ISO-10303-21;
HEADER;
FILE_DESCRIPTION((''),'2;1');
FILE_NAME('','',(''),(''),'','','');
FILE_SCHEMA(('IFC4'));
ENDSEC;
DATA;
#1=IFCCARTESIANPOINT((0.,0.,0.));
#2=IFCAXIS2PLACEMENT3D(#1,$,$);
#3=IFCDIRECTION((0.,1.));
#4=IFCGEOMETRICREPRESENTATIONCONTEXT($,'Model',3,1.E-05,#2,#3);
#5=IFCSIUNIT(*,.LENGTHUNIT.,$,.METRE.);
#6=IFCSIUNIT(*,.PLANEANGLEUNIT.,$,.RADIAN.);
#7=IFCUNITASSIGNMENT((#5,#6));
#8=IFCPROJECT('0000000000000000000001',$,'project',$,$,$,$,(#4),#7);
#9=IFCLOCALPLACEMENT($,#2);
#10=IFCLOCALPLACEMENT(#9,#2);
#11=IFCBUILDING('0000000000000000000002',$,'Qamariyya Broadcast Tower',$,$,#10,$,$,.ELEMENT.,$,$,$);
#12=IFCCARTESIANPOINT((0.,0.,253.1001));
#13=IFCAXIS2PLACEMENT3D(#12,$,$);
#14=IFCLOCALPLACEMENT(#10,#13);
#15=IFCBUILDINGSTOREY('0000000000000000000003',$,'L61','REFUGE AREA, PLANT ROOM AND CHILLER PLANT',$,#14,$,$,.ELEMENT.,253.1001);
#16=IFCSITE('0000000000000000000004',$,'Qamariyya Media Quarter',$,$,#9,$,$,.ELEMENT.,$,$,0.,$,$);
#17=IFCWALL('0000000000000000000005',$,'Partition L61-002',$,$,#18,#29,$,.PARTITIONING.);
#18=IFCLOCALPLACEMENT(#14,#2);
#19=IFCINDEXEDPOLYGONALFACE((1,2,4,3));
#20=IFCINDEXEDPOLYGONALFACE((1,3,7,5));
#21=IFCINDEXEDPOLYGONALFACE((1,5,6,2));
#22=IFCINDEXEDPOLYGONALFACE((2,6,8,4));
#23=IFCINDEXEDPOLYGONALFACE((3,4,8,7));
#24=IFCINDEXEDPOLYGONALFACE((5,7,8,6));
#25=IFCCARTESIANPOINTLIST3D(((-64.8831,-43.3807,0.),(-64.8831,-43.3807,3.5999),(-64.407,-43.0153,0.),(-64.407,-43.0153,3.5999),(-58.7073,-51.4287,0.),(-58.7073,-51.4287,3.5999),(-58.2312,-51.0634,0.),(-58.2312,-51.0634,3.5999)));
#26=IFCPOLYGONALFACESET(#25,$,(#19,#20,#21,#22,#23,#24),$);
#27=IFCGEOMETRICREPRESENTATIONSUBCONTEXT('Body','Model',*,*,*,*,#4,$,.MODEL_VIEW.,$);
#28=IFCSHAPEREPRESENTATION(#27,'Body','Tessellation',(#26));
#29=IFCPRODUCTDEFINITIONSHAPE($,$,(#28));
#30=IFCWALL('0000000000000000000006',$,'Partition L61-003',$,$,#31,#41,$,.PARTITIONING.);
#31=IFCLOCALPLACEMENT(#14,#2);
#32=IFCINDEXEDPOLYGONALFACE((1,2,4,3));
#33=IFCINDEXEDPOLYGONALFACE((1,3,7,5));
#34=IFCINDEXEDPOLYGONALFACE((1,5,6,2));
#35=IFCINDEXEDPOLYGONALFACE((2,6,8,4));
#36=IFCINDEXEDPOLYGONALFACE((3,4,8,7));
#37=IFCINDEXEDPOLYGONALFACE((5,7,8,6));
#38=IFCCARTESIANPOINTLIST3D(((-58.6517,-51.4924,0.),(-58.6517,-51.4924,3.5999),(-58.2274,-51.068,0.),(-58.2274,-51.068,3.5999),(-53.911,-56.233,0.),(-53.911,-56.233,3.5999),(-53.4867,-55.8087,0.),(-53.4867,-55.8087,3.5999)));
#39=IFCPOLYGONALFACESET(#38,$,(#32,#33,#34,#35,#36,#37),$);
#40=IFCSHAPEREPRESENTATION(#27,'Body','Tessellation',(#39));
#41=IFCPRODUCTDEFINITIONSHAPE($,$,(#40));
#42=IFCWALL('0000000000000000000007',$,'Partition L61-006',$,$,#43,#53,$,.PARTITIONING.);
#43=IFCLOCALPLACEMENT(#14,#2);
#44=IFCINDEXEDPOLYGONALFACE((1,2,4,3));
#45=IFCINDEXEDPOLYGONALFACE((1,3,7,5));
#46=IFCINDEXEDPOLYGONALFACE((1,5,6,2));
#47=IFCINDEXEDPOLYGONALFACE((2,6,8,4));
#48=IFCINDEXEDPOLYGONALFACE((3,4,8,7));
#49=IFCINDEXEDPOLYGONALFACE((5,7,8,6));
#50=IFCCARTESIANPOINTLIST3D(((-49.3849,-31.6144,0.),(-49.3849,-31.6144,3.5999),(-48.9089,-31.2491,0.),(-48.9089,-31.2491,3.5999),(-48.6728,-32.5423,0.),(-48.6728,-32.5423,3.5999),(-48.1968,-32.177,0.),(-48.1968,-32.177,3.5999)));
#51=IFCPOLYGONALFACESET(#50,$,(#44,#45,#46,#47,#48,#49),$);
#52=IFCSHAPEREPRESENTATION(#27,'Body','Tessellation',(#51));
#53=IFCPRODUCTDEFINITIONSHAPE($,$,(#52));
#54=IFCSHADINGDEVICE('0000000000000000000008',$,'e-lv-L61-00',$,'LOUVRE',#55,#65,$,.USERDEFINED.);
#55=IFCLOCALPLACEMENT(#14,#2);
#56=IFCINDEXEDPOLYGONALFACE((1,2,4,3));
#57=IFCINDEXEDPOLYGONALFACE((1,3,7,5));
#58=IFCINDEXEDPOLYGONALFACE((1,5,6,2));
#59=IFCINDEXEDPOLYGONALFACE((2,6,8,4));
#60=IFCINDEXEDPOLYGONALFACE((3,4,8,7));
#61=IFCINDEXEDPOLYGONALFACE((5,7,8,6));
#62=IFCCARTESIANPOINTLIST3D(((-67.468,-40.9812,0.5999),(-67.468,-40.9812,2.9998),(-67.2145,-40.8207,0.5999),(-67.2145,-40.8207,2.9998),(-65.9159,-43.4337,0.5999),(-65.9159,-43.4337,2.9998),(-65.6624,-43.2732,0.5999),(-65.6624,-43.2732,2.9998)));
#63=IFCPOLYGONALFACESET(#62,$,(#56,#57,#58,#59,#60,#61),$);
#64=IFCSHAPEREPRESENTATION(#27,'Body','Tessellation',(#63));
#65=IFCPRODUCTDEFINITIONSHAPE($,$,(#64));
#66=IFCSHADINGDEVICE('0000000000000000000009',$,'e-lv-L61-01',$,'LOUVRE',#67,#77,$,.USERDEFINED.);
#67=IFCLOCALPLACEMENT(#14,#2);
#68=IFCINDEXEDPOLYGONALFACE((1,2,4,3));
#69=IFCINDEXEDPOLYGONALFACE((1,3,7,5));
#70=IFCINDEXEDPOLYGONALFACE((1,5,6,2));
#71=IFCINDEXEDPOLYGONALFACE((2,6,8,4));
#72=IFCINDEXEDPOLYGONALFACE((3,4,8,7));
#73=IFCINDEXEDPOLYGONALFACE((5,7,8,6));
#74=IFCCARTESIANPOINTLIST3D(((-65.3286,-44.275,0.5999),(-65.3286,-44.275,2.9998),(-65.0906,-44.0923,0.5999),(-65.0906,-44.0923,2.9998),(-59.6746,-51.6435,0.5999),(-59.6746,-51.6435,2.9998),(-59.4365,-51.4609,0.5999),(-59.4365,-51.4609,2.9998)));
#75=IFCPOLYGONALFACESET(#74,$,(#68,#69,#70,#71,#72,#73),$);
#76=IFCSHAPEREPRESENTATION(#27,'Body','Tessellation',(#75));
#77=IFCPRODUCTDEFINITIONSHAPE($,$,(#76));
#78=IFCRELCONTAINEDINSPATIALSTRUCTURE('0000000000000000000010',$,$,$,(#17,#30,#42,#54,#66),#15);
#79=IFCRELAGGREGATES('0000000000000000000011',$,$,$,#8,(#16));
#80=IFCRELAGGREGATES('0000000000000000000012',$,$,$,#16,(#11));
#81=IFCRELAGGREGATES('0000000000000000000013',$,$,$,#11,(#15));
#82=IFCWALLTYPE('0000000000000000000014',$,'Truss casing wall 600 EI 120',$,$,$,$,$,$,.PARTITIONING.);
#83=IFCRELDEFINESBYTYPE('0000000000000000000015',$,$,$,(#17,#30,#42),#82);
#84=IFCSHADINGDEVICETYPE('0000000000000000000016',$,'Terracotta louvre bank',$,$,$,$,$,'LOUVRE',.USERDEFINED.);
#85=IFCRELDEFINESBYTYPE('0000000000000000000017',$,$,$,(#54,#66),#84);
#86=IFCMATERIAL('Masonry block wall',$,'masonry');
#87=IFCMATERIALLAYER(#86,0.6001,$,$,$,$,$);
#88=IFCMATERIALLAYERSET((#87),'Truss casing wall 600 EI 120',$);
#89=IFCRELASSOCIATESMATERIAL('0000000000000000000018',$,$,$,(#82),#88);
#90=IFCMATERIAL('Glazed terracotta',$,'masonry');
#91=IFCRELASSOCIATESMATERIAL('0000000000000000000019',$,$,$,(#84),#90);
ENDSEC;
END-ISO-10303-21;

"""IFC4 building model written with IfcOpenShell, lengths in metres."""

from ifc_helpers import new_model, si_unit, direction, frame, frame_2d, origin, origin_2d, place, context, subcontext, project, spatial, rectangle, extrude, material, layer, layer_set, type_object, element, save


model = new_model("IFC4")

# Units and contexts
model_context = context("Model", 3, precision=1e-05, world=origin(), true_north=direction((0.0, 1.0)))
body_context = subcontext(model_context, "Body", "Model", "MODEL_VIEW")
ifc_project = project(units=[si_unit("LENGTHUNIT", "METRE"), si_unit("PLANEANGLEUNIT", "RADIAN")], contexts=[model_context])

# Site, building, storey
site_placement = place(None, origin())
site = spatial("IfcSite", under=ifc_project, at=site_placement, Name="Qamariyya Media Quarter", CompositionType="ELEMENT", RefElevation=0.0)
building_placement = place(site_placement, origin())
building = spatial("IfcBuilding", under=site, at=building_placement, Name="Qamariyya Broadcast Tower", CompositionType="ELEMENT")
storey_placement = place(building_placement, frame((0.0, 0.0, 253.1001)))
storey = spatial("IfcBuildingStorey", under=building, at=storey_placement, Name="L61", Description="REFUGE AREA, PLANT ROOM AND CHILLER PLANT", CompositionType="ELEMENT", Elevation=253.1001)

# Walls
ifc_material_1 = material(Name="Masonry block wall", Category="masonry")
ifc_layer_1 = layer(ifc_material_1, 0.6001)
ifc_layer_set_1 = layer_set([ifc_layer_1], Name="Truss casing wall 600 EI 120")
wall_type_1 = type_object("IfcWallType", Name="Truss casing wall 600 EI 120", PredefinedType="PARTITIONING", material=ifc_layer_set_1)
wall_1_placement = place(storey_placement, frame((-64.645, -43.198, 0.0), z_axis=(0.0, 0.0, 1.0), x_axis=(0.608778, -0.793341, 0.0)))
element("IfcWall", 1, at=wall_1_placement, inside=storey, type_object=wall_type_1, Name="Partition L61-002", PredefinedType="PARTITIONING", context=body_context, shape_type="SweptSolid", body=[
    extrude(rectangle(XDim=10.1445, YDim=0.6001, at=frame_2d((5.0723, 0.0))), origin(), (0.0, 0.0, 1.0), 3.5999),
])
wall_2_placement = place(storey_placement, frame((-58.4395, -51.2803, 0.0), z_axis=(0.0, 0.0, 1.0), x_axis=(0.707107, -0.707107, 0.0)))
element("IfcWall", 2, at=wall_2_placement, inside=storey, type_object=wall_type_1, Name="Partition L61-003", PredefinedType="PARTITIONING", context=body_context, shape_type="SweptSolid", body=[
    extrude(rectangle(XDim=6.7043, YDim=0.6001, at=frame_2d((3.3521, 0.0))), origin(), (0.0, 0.0, 1.0), 3.5999),
])
wall_3_placement = place(storey_placement, frame((-49.147, -31.4316, 0.0), z_axis=(0.0, 0.0, 1.0), x_axis=(0.608813, -0.793314, 0.0)))
element("IfcWall", 3, at=wall_3_placement, inside=storey, type_object=wall_type_1, Name="Partition L61-006", PredefinedType="PARTITIONING", context=body_context, shape_type="SweptSolid", body=[
    extrude(rectangle(XDim=1.1697, YDim=0.6001, at=frame_2d((0.585, 0.0))), origin(), (0.0, 0.0, 1.0), 3.5999),
])

# Shading devices
ifc_material_2 = material(Name="Glazed terracotta", Category="masonry")
shading_device_type = type_object("IfcShadingDeviceType", Name="Terracotta louvre bank", ElementType="LOUVRE", PredefinedType="USERDEFINED", material=ifc_material_2)
shading_device_1_placement = place(storey_placement, frame((-66.5652, -42.1272, 0.5999), z_axis=(0.0, 0.0, 1.0), x_axis=(0.534772, -0.844996, 0.0)))
element("IfcShadingDevice", 4, at=shading_device_1_placement, inside=storey, type_object=shading_device_type, Name="e-lv-L61-00", ObjectType="LOUVRE", PredefinedType="USERDEFINED", context=body_context, shape_type="SweptSolid", body=[
    extrude(rectangle(XDim=2.9023, YDim=0.3, at=origin_2d()), origin(), (0.0, 0.0, 1.0), 2.3999),
])
shading_device_2_placement = place(storey_placement, frame((-62.3826, -47.8679, 0.5999), z_axis=(0.0, 0.0, 1.0), x_axis=(0.608761, -0.793353, 0.0)))
element("IfcShadingDevice", 5, at=shading_device_2_placement, inside=storey, type_object=shading_device_type, Name="e-lv-L61-01", ObjectType="LOUVRE", PredefinedType="USERDEFINED", context=body_context, shape_type="SweptSolid", body=[
    extrude(rectangle(XDim=9.2878, YDim=0.3, at=origin_2d()), origin(), (0.0, 0.0, 1.0), 2.3999),
])

save(model, "model.ifc")
